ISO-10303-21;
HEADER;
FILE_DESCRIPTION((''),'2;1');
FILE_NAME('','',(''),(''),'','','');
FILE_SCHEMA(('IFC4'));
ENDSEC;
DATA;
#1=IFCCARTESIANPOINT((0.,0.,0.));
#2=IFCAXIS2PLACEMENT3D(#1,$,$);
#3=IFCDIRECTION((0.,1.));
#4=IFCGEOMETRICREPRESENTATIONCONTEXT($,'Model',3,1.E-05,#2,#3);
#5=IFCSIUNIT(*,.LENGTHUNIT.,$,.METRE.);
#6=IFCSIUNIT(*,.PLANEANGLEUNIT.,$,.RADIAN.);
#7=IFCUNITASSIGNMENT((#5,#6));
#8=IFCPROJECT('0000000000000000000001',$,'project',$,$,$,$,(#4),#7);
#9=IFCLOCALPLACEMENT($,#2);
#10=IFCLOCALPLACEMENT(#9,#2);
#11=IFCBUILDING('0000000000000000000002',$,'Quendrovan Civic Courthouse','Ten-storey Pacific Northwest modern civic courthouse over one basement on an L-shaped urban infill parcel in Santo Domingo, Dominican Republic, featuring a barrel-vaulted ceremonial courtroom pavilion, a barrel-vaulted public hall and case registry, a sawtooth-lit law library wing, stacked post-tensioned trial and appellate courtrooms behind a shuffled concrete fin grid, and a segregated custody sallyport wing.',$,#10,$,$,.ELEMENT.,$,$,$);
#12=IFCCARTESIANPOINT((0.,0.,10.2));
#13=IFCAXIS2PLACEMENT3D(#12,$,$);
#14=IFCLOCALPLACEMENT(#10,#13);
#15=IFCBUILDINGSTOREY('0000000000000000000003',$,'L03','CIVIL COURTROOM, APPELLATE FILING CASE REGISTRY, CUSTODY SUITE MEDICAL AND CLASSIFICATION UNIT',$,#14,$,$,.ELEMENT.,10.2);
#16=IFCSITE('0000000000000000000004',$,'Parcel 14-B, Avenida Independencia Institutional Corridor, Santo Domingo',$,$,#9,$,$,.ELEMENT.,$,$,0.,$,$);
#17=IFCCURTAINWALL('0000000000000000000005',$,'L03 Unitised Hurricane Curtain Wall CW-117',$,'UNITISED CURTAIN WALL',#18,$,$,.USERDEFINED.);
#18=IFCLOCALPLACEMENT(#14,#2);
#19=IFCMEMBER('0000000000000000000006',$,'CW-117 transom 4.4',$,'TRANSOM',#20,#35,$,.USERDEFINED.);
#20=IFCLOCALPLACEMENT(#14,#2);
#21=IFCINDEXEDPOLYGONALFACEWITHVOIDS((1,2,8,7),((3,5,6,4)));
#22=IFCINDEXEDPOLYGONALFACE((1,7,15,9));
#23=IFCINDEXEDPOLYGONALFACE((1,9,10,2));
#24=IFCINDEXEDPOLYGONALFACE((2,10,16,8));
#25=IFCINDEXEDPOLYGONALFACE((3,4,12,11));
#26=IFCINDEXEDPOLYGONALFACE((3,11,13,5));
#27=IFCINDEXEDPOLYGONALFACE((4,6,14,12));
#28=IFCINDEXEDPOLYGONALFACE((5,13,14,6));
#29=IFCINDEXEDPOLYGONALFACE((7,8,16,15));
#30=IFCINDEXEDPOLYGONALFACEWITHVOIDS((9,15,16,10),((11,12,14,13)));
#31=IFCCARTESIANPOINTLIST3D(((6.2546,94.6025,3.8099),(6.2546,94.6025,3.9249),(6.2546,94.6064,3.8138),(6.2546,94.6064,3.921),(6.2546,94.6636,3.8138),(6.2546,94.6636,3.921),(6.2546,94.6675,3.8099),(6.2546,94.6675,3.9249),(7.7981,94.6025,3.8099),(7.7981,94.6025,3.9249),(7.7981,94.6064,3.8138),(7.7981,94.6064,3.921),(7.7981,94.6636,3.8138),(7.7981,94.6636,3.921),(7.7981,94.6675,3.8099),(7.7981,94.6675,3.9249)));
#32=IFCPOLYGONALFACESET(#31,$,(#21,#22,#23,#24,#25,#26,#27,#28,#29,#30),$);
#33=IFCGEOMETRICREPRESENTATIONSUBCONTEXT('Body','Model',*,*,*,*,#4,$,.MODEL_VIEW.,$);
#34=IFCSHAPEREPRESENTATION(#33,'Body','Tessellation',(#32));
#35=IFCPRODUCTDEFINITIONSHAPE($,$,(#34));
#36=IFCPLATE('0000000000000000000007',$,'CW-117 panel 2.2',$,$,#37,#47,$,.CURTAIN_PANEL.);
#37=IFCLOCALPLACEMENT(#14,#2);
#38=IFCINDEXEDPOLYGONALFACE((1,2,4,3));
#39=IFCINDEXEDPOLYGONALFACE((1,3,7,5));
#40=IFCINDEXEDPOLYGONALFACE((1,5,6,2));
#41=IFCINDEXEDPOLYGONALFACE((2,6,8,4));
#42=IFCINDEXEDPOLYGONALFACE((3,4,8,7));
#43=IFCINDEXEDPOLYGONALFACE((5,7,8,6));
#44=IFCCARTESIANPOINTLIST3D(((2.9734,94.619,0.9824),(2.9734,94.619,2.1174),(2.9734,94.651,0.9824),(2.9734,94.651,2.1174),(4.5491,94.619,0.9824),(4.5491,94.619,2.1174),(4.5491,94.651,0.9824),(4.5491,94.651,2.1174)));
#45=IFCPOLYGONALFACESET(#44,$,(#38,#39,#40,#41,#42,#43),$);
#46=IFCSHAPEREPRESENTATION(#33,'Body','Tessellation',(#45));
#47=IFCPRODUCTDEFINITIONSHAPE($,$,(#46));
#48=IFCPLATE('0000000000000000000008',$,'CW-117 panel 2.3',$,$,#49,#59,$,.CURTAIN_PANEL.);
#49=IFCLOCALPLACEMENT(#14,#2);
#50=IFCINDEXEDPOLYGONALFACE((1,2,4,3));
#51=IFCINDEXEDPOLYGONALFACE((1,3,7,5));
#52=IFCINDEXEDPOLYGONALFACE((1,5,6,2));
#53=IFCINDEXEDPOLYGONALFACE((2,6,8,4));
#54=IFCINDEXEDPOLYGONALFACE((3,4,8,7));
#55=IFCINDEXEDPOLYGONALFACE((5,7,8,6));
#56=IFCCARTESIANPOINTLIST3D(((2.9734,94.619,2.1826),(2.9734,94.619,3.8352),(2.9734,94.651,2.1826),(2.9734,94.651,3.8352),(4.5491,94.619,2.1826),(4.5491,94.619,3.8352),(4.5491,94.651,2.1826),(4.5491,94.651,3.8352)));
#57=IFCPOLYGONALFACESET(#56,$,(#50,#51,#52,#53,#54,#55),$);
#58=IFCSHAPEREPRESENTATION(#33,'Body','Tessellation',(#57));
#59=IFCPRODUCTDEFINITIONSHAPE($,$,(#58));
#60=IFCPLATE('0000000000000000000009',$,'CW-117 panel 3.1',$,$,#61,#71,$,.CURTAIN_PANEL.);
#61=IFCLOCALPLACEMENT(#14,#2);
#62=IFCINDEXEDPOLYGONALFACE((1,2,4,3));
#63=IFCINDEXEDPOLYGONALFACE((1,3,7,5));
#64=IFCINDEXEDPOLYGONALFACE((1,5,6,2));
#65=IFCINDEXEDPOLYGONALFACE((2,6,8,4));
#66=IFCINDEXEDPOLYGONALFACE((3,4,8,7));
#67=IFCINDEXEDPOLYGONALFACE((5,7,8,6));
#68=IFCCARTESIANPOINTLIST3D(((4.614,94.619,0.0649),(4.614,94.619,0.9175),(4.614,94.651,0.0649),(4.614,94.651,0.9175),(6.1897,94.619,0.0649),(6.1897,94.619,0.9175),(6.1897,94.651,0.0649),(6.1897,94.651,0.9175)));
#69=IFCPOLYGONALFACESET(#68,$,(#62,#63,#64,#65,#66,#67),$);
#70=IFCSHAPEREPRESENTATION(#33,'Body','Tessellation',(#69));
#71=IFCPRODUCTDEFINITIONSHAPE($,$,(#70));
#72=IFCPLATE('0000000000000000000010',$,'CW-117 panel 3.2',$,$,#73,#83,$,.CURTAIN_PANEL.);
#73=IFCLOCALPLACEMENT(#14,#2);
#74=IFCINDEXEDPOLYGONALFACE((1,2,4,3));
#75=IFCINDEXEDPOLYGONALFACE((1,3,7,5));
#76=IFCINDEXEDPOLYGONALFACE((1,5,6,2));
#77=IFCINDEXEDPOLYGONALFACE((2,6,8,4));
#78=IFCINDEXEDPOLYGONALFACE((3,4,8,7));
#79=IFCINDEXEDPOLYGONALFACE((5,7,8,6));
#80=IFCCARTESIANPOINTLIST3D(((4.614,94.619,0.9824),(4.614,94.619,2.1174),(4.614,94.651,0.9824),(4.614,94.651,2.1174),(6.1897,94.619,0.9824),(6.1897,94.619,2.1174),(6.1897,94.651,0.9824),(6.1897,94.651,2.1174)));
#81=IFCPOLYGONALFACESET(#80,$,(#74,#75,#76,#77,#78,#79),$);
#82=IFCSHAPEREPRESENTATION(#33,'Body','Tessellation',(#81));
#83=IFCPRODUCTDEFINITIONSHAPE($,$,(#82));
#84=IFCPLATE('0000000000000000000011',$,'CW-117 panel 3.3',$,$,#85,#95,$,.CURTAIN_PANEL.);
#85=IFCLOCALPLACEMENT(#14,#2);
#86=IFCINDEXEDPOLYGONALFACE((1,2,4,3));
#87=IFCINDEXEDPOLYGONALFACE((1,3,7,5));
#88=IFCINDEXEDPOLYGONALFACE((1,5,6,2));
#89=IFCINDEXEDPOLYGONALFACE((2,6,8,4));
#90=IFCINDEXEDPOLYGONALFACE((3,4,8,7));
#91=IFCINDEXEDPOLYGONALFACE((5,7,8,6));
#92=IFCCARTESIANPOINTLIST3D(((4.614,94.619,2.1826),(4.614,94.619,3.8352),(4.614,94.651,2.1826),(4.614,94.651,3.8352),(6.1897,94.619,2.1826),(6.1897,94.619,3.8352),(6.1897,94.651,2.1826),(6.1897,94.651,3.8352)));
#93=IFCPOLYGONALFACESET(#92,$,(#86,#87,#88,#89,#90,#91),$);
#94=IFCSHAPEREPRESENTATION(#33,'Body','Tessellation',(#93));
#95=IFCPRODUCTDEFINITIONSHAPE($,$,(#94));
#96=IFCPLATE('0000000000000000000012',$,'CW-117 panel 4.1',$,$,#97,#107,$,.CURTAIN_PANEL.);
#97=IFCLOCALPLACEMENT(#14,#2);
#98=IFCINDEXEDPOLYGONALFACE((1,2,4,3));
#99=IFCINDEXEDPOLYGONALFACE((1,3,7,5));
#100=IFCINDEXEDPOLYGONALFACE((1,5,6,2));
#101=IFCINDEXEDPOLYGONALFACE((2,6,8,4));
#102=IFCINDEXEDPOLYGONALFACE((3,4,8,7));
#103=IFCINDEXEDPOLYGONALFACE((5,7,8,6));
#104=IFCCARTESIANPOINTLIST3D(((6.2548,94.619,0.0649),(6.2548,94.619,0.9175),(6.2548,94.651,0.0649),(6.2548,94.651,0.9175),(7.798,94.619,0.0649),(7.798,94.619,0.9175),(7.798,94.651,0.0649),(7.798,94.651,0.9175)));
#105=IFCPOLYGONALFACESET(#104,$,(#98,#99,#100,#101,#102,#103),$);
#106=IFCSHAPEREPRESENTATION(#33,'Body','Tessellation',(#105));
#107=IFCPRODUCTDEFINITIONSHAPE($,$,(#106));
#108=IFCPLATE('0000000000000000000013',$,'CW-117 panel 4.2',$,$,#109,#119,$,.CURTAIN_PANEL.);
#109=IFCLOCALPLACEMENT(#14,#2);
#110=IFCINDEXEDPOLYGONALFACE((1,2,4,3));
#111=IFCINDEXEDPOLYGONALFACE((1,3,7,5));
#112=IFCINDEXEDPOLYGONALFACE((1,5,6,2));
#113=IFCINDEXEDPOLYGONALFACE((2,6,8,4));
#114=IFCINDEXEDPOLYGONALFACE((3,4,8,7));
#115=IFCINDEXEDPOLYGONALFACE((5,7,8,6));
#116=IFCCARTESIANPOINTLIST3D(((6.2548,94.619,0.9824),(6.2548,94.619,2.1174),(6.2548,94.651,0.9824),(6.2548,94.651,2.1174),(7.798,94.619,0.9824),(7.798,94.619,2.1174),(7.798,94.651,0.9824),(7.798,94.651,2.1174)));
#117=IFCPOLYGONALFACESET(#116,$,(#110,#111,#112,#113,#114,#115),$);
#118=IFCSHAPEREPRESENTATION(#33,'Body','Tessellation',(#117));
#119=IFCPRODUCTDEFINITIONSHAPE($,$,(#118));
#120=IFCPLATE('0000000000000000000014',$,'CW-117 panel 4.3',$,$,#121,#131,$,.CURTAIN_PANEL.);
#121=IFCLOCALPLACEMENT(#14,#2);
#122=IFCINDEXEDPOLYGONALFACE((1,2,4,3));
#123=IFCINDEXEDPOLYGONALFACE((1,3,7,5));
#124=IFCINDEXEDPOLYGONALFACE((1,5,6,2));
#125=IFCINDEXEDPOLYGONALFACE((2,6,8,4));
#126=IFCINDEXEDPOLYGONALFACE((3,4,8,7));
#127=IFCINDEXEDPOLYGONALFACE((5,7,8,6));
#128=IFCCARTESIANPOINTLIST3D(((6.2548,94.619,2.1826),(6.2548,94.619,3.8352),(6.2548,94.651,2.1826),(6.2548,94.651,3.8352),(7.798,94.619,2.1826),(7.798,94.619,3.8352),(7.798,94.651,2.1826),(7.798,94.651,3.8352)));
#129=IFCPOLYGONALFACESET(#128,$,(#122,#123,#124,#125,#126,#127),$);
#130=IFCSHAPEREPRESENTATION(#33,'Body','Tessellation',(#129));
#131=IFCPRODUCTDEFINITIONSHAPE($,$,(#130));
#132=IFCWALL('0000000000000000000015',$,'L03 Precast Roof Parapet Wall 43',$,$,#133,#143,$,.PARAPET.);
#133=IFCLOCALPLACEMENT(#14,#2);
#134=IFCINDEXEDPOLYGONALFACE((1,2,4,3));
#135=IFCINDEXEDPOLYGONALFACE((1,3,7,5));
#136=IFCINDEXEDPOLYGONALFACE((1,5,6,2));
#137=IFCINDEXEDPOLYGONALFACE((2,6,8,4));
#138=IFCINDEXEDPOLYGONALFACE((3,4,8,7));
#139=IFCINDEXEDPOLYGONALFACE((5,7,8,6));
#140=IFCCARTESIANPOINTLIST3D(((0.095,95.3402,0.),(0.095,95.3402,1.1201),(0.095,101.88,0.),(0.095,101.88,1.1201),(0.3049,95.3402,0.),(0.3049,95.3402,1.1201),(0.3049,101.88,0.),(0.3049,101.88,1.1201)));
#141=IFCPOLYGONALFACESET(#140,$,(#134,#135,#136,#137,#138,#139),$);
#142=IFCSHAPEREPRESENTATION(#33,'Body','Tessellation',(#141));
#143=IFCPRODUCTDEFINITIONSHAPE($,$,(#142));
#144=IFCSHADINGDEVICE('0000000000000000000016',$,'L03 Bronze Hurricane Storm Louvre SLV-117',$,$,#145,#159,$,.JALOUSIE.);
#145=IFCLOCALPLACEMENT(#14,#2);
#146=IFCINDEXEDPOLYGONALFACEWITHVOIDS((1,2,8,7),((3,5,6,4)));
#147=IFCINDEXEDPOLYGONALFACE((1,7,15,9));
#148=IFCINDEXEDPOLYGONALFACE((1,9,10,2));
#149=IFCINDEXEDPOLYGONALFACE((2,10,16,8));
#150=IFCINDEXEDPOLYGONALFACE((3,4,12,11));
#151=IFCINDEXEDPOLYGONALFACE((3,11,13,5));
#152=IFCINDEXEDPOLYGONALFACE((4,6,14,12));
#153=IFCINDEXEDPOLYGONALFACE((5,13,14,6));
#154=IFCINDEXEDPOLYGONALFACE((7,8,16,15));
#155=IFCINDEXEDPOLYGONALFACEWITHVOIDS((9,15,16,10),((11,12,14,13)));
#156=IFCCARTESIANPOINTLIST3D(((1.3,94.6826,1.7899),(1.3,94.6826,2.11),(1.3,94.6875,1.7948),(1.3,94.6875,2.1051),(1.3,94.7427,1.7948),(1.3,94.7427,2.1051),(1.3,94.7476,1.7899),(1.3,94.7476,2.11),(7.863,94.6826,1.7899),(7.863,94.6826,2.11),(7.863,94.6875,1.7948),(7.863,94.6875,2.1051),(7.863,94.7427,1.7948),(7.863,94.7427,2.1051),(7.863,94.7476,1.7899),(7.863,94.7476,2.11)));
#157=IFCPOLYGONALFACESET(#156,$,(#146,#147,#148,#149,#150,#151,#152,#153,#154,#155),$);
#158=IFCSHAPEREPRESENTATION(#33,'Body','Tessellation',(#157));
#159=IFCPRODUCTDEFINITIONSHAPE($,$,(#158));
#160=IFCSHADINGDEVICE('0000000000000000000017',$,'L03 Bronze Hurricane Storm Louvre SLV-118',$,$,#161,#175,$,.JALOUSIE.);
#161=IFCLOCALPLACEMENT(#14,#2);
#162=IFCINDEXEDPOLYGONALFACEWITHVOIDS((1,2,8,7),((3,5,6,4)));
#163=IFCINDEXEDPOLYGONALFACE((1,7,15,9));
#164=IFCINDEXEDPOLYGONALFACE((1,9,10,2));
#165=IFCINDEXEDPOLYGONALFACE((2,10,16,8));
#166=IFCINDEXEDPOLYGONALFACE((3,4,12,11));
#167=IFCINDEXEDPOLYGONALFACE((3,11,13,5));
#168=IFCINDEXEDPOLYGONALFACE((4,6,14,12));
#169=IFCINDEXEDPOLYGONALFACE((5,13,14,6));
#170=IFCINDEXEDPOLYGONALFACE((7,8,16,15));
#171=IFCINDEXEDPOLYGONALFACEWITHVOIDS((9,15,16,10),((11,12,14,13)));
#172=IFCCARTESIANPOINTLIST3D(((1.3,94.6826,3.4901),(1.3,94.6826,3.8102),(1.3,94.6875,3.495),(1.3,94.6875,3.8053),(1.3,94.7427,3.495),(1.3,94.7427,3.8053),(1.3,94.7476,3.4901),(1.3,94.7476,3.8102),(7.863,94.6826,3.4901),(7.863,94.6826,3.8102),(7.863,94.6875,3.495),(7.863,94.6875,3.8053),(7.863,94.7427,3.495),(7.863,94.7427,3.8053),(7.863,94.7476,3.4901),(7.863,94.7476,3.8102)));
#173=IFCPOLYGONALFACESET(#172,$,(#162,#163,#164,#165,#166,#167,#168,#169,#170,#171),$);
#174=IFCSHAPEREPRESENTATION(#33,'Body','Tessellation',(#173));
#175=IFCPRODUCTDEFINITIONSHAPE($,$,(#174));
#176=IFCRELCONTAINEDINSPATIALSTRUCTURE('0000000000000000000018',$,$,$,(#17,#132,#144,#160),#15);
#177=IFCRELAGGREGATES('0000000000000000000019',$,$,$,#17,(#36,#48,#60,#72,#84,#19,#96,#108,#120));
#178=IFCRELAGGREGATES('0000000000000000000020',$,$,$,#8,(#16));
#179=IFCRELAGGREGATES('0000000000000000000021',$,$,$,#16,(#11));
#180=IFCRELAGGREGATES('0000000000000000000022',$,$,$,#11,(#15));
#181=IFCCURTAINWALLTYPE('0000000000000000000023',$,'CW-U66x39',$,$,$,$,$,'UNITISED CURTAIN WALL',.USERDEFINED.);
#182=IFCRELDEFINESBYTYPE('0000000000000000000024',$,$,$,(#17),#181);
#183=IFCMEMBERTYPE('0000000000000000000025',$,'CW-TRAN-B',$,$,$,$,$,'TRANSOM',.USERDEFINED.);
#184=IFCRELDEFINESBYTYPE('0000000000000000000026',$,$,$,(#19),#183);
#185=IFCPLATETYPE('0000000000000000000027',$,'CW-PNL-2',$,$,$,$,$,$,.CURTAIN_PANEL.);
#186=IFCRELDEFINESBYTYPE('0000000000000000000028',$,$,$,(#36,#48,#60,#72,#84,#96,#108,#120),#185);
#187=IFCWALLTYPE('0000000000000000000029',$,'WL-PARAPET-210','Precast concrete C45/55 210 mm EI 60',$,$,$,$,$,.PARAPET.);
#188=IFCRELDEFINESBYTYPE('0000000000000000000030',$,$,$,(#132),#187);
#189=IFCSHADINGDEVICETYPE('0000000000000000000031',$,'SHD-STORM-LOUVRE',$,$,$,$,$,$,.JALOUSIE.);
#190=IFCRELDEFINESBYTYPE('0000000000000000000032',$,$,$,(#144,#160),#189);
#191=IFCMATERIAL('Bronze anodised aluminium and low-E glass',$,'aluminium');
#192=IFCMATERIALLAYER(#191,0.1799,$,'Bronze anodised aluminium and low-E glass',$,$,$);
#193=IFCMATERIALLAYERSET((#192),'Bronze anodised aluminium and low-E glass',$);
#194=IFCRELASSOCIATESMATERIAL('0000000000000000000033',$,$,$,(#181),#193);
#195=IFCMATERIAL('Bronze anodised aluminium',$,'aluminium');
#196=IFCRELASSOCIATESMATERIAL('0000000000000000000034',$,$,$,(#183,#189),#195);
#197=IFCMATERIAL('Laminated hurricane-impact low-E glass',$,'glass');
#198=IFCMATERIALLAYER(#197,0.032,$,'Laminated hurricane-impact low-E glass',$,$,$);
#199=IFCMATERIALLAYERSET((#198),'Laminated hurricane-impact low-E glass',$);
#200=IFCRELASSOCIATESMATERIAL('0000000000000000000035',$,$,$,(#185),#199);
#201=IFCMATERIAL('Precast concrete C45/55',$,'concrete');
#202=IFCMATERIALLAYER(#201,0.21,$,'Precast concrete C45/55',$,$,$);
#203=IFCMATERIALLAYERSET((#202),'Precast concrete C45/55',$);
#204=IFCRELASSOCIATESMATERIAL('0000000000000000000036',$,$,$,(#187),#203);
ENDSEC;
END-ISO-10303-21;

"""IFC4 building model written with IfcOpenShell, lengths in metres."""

from ifc_helpers import new_model, si_unit, direction, frame, frame_2d, origin, origin_2d, place, context, subcontext, project, spatial, rectangle, hollow_rectangle, extrude, material, layer, layer_set, material_profile, profile_set, type_object, element, aggregate, save


model = new_model("IFC4")

# Units and contexts
model_context = context("Model", 3, precision=1e-05, world=origin(), true_north=direction((0.0, 1.0)))
body_context = subcontext(model_context, "Body", "Model", "MODEL_VIEW")
ifc_project = project(units=[si_unit("LENGTHUNIT", "METRE"), si_unit("PLANEANGLEUNIT", "RADIAN")], contexts=[model_context])

# Site, building, storey
site_placement = place(None, origin())
site = spatial("IfcSite", under=ifc_project, at=site_placement, Name="Parcel 14-B, Avenida Independencia Institutional Corridor, Santo Domingo", CompositionType="ELEMENT", RefElevation=0.0)
building_placement = place(site_placement, origin())
building = spatial("IfcBuilding", under=site, at=building_placement, Name="Quendrovan Civic Courthouse", Description="Ten-storey Pacific Northwest modern civic courthouse over one basement on an L-shaped urban infill parcel in Santo Domingo, Dominican Republic, featuring a barrel-vaulted ceremonial courtroom pavilion, a barrel-vaulted public hall and case registry, a sawtooth-lit law library wing, stacked post-tensioned trial and appellate courtrooms behind a shuffled concrete fin grid, and a segregated custody sallyport wing.", CompositionType="ELEMENT")
storey_placement = place(building_placement, frame((0.0, 0.0, 10.2)))
storey = spatial("IfcBuildingStorey", under=building, at=storey_placement, Name="L03", Description="CIVIL COURTROOM, APPELLATE FILING CASE REGISTRY, CUSTODY SUITE MEDICAL AND CLASSIFICATION UNIT", CompositionType="ELEMENT", Elevation=10.2)

# Curtain wall, member, plates
ifc_material_1 = material(Name="Bronze anodised aluminium and low-E glass", Category="aluminium")
ifc_layer_1 = layer(ifc_material_1, 0.1799, Name="Bronze anodised aluminium and low-E glass")
ifc_layer_set_1 = layer_set([ifc_layer_1], Name="Bronze anodised aluminium and low-E glass")
curtain_wall_type = type_object("IfcCurtainWallType", Name="CW-U66x39", ElementType="UNITISED CURTAIN WALL", PredefinedType="USERDEFINED", material=ifc_layer_set_1)
curtain_wall_placement = place(storey_placement, origin())
curtain_wall = element("IfcCurtainWall", 1, at=curtain_wall_placement, inside=storey, type_object=curtain_wall_type, Name="L03 Unitised Hurricane Curtain Wall CW-117", ObjectType="UNITISED CURTAIN WALL", PredefinedType="USERDEFINED")
ifc_material_2 = material(Name="Bronze anodised aluminium", Category="aluminium")
ifc_material_profile_1 = material_profile(ifc_material_2, hollow_rectangle(XDim=0.0649, YDim=0.115, WallThickness=0.0039, at=origin_2d()), Name="CW-TRAN-65x115")
ifc_profile_set_1 = profile_set([ifc_material_profile_1], Name="Bronze anodised aluminium")
member_type_1 = type_object("IfcMemberType", Name="CW-TRAN-B", ElementType="TRANSOM", PredefinedType="USERDEFINED", material=ifc_profile_set_1)
member_1_placement = place(storey_placement, frame((6.2546, 94.635, 3.8674), z_axis=(1.0, 0.0, 0.0), x_axis=(0.0, 1.0, 0.0)))
member_1 = element("IfcMember", 2, at=member_1_placement, type_object=member_type_1, Name="CW-117 transom 4.4", ObjectType="TRANSOM", PredefinedType="USERDEFINED", context=body_context, shape_type="SweptSolid", body=[
    extrude(hollow_rectangle(XDim=0.0649, YDim=0.115, WallThickness=0.0039, at=origin_2d()), origin(), (0.0, 0.0, 1.0), 1.5435),
])
ifc_material_3 = material(Name="Laminated hurricane-impact low-E glass", Category="glass")
ifc_layer_2 = layer(ifc_material_3, 0.032, Name="Laminated hurricane-impact low-E glass")
ifc_layer_set_2 = layer_set([ifc_layer_2], Name="Laminated hurricane-impact low-E glass")
plate_type = type_object("IfcPlateType", Name="CW-PNL-2", PredefinedType="CURTAIN_PANEL", material=ifc_layer_set_2)
plate_1_placement = place(storey_placement, frame((3.7612, 94.635, 0.9824), z_axis=(0.0, 0.0, 1.0), x_axis=(1.0, 0.0, 0.0)))
plate_1 = element("IfcPlate", 3, at=plate_1_placement, type_object=plate_type, Name="CW-117 panel 2.2", PredefinedType="CURTAIN_PANEL", context=body_context, shape_type="SweptSolid", body=[
    extrude(rectangle(XDim=1.5757, YDim=0.032, at=origin_2d()), origin(), (0.0, 0.0, 1.0), 1.135),
])
plate_2_placement = place(storey_placement, frame((3.7612, 94.635, 2.1826), z_axis=(0.0, 0.0, 1.0), x_axis=(1.0, 0.0, 0.0)))
plate_2 = element("IfcPlate", 4, at=plate_2_placement, type_object=plate_type, Name="CW-117 panel 2.3", PredefinedType="CURTAIN_PANEL", context=body_context, shape_type="SweptSolid", body=[
    extrude(rectangle(XDim=1.5757, YDim=0.032, at=origin_2d()), origin(), (0.0, 0.0, 1.0), 1.6526),
])
plate_3_placement = place(storey_placement, frame((5.4019, 94.635, 0.0649), z_axis=(0.0, 0.0, 1.0), x_axis=(1.0, 0.0, 0.0)))
plate_3 = element("IfcPlate", 5, at=plate_3_placement, type_object=plate_type, Name="CW-117 panel 3.1", PredefinedType="CURTAIN_PANEL", context=body_context, shape_type="SweptSolid", body=[
    extrude(rectangle(XDim=1.5757, YDim=0.032, at=origin_2d()), origin(), (0.0, 0.0, 1.0), 0.8525),
])
plate_4_placement = place(storey_placement, frame((5.4019, 94.635, 0.9824), z_axis=(0.0, 0.0, 1.0), x_axis=(1.0, 0.0, 0.0)))
plate_4 = element("IfcPlate", 6, at=plate_4_placement, type_object=plate_type, Name="CW-117 panel 3.2", PredefinedType="CURTAIN_PANEL", context=body_context, shape_type="SweptSolid", body=[
    extrude(rectangle(XDim=1.5757, YDim=0.032, at=origin_2d()), origin(), (0.0, 0.0, 1.0), 1.135),
])
plate_5_placement = place(storey_placement, frame((5.4019, 94.635, 2.1826), z_axis=(0.0, 0.0, 1.0), x_axis=(1.0, 0.0, 0.0)))
plate_5 = element("IfcPlate", 7, at=plate_5_placement, type_object=plate_type, Name="CW-117 panel 3.3", PredefinedType="CURTAIN_PANEL", context=body_context, shape_type="SweptSolid", body=[
    extrude(rectangle(XDim=1.5757, YDim=0.032, at=origin_2d()), origin(), (0.0, 0.0, 1.0), 1.6526),
])
plate_6_placement = place(storey_placement, frame((7.0264, 94.635, 0.0649), z_axis=(0.0, 0.0, 1.0), x_axis=(1.0, 0.0, 0.0)))
plate_6 = element("IfcPlate", 8, at=plate_6_placement, type_object=plate_type, Name="CW-117 panel 4.1", PredefinedType="CURTAIN_PANEL", context=body_context, shape_type="SweptSolid", body=[
    extrude(rectangle(XDim=1.5432, YDim=0.032, at=origin_2d()), origin(), (0.0, 0.0, 1.0), 0.8525),
])
plate_7_placement = place(storey_placement, frame((7.0264, 94.635, 0.9824), z_axis=(0.0, 0.0, 1.0), x_axis=(1.0, 0.0, 0.0)))
plate_7 = element("IfcPlate", 9, at=plate_7_placement, type_object=plate_type, Name="CW-117 panel 4.2", PredefinedType="CURTAIN_PANEL", context=body_context, shape_type="SweptSolid", body=[
    extrude(rectangle(XDim=1.5432, YDim=0.032, at=origin_2d()), origin(), (0.0, 0.0, 1.0), 1.135),
])
plate_8_placement = place(storey_placement, frame((7.0264, 94.635, 2.1826), z_axis=(0.0, 0.0, 1.0), x_axis=(1.0, 0.0, 0.0)))
plate_8 = element("IfcPlate", 10, at=plate_8_placement, type_object=plate_type, Name="CW-117 panel 4.3", PredefinedType="CURTAIN_PANEL", context=body_context, shape_type="SweptSolid", body=[
    extrude(rectangle(XDim=1.5432, YDim=0.032, at=origin_2d()), origin(), (0.0, 0.0, 1.0), 1.6526),
])
aggregate(curtain_wall, [plate_1, plate_2, plate_3, plate_4, plate_5, member_1, plate_6, plate_7, plate_8])

# Wall
ifc_material_4 = material(Name="Precast concrete C45/55", Category="concrete")
ifc_layer_3 = layer(ifc_material_4, 0.21, Name="Precast concrete C45/55")
ifc_layer_set_3 = layer_set([ifc_layer_3], Name="Precast concrete C45/55")
wall_type = type_object("IfcWallType", Name="WL-PARAPET-210", Description="Precast concrete C45/55 210 mm EI 60", PredefinedType="PARAPET", material=ifc_layer_set_3)
wall_1_placement = place(storey_placement, frame((0.2, 95.3401, 0.0), z_axis=(0.0, 0.0, 1.0), x_axis=(0.0, 1.0, 0.0)))
element("IfcWall", 11, at=wall_1_placement, inside=storey, type_object=wall_type, Name="L03 Precast Roof Parapet Wall 43", PredefinedType="PARAPET", context=body_context, shape_type="SweptSolid", body=[
    extrude(rectangle(XDim=6.5398, YDim=0.21, at=frame_2d((3.27, 0.0))), origin(), (0.0, 0.0, 1.0), 1.1201),
])

# Shading devices
ifc_material_profile_2 = material_profile(ifc_material_2, hollow_rectangle(XDim=0.0649, YDim=0.3201, WallThickness=0.0049, at=origin_2d()), Name="AL-LOUVRE-65x320")
ifc_profile_set_2 = profile_set([ifc_material_profile_2], Name="Bronze anodised aluminium")
shading_device_type = type_object("IfcShadingDeviceType", Name="SHD-STORM-LOUVRE", PredefinedType="JALOUSIE", material=ifc_profile_set_2)
for number, where, z_axis, x_axis, name in (
    (12, (1.3, 94.7151, 1.95), (1.0, 0.0, 0.0), (0.0, 1.0, 0.0), "L03 Bronze Hurricane Storm Louvre SLV-117"),
    (13, (1.3, 94.7151, 3.6501), (1.0, 0.0, 0.0), (0.0, 1.0, 0.0), "L03 Bronze Hurricane Storm Louvre SLV-118"),
):
    element("IfcShadingDevice", number, at=place(storey_placement, frame(where, z_axis=z_axis, x_axis=x_axis)), inside=storey, type_object=shading_device_type, Name=name, PredefinedType="JALOUSIE", context=body_context, shape_type="SweptSolid", body=[
        extrude(hollow_rectangle(XDim=0.0649, YDim=0.3201, WallThickness=0.0049, at=origin_2d()), origin(), (0.0, 0.0, 1.0), 6.563),
    ])

save(model, "model.ifc")
